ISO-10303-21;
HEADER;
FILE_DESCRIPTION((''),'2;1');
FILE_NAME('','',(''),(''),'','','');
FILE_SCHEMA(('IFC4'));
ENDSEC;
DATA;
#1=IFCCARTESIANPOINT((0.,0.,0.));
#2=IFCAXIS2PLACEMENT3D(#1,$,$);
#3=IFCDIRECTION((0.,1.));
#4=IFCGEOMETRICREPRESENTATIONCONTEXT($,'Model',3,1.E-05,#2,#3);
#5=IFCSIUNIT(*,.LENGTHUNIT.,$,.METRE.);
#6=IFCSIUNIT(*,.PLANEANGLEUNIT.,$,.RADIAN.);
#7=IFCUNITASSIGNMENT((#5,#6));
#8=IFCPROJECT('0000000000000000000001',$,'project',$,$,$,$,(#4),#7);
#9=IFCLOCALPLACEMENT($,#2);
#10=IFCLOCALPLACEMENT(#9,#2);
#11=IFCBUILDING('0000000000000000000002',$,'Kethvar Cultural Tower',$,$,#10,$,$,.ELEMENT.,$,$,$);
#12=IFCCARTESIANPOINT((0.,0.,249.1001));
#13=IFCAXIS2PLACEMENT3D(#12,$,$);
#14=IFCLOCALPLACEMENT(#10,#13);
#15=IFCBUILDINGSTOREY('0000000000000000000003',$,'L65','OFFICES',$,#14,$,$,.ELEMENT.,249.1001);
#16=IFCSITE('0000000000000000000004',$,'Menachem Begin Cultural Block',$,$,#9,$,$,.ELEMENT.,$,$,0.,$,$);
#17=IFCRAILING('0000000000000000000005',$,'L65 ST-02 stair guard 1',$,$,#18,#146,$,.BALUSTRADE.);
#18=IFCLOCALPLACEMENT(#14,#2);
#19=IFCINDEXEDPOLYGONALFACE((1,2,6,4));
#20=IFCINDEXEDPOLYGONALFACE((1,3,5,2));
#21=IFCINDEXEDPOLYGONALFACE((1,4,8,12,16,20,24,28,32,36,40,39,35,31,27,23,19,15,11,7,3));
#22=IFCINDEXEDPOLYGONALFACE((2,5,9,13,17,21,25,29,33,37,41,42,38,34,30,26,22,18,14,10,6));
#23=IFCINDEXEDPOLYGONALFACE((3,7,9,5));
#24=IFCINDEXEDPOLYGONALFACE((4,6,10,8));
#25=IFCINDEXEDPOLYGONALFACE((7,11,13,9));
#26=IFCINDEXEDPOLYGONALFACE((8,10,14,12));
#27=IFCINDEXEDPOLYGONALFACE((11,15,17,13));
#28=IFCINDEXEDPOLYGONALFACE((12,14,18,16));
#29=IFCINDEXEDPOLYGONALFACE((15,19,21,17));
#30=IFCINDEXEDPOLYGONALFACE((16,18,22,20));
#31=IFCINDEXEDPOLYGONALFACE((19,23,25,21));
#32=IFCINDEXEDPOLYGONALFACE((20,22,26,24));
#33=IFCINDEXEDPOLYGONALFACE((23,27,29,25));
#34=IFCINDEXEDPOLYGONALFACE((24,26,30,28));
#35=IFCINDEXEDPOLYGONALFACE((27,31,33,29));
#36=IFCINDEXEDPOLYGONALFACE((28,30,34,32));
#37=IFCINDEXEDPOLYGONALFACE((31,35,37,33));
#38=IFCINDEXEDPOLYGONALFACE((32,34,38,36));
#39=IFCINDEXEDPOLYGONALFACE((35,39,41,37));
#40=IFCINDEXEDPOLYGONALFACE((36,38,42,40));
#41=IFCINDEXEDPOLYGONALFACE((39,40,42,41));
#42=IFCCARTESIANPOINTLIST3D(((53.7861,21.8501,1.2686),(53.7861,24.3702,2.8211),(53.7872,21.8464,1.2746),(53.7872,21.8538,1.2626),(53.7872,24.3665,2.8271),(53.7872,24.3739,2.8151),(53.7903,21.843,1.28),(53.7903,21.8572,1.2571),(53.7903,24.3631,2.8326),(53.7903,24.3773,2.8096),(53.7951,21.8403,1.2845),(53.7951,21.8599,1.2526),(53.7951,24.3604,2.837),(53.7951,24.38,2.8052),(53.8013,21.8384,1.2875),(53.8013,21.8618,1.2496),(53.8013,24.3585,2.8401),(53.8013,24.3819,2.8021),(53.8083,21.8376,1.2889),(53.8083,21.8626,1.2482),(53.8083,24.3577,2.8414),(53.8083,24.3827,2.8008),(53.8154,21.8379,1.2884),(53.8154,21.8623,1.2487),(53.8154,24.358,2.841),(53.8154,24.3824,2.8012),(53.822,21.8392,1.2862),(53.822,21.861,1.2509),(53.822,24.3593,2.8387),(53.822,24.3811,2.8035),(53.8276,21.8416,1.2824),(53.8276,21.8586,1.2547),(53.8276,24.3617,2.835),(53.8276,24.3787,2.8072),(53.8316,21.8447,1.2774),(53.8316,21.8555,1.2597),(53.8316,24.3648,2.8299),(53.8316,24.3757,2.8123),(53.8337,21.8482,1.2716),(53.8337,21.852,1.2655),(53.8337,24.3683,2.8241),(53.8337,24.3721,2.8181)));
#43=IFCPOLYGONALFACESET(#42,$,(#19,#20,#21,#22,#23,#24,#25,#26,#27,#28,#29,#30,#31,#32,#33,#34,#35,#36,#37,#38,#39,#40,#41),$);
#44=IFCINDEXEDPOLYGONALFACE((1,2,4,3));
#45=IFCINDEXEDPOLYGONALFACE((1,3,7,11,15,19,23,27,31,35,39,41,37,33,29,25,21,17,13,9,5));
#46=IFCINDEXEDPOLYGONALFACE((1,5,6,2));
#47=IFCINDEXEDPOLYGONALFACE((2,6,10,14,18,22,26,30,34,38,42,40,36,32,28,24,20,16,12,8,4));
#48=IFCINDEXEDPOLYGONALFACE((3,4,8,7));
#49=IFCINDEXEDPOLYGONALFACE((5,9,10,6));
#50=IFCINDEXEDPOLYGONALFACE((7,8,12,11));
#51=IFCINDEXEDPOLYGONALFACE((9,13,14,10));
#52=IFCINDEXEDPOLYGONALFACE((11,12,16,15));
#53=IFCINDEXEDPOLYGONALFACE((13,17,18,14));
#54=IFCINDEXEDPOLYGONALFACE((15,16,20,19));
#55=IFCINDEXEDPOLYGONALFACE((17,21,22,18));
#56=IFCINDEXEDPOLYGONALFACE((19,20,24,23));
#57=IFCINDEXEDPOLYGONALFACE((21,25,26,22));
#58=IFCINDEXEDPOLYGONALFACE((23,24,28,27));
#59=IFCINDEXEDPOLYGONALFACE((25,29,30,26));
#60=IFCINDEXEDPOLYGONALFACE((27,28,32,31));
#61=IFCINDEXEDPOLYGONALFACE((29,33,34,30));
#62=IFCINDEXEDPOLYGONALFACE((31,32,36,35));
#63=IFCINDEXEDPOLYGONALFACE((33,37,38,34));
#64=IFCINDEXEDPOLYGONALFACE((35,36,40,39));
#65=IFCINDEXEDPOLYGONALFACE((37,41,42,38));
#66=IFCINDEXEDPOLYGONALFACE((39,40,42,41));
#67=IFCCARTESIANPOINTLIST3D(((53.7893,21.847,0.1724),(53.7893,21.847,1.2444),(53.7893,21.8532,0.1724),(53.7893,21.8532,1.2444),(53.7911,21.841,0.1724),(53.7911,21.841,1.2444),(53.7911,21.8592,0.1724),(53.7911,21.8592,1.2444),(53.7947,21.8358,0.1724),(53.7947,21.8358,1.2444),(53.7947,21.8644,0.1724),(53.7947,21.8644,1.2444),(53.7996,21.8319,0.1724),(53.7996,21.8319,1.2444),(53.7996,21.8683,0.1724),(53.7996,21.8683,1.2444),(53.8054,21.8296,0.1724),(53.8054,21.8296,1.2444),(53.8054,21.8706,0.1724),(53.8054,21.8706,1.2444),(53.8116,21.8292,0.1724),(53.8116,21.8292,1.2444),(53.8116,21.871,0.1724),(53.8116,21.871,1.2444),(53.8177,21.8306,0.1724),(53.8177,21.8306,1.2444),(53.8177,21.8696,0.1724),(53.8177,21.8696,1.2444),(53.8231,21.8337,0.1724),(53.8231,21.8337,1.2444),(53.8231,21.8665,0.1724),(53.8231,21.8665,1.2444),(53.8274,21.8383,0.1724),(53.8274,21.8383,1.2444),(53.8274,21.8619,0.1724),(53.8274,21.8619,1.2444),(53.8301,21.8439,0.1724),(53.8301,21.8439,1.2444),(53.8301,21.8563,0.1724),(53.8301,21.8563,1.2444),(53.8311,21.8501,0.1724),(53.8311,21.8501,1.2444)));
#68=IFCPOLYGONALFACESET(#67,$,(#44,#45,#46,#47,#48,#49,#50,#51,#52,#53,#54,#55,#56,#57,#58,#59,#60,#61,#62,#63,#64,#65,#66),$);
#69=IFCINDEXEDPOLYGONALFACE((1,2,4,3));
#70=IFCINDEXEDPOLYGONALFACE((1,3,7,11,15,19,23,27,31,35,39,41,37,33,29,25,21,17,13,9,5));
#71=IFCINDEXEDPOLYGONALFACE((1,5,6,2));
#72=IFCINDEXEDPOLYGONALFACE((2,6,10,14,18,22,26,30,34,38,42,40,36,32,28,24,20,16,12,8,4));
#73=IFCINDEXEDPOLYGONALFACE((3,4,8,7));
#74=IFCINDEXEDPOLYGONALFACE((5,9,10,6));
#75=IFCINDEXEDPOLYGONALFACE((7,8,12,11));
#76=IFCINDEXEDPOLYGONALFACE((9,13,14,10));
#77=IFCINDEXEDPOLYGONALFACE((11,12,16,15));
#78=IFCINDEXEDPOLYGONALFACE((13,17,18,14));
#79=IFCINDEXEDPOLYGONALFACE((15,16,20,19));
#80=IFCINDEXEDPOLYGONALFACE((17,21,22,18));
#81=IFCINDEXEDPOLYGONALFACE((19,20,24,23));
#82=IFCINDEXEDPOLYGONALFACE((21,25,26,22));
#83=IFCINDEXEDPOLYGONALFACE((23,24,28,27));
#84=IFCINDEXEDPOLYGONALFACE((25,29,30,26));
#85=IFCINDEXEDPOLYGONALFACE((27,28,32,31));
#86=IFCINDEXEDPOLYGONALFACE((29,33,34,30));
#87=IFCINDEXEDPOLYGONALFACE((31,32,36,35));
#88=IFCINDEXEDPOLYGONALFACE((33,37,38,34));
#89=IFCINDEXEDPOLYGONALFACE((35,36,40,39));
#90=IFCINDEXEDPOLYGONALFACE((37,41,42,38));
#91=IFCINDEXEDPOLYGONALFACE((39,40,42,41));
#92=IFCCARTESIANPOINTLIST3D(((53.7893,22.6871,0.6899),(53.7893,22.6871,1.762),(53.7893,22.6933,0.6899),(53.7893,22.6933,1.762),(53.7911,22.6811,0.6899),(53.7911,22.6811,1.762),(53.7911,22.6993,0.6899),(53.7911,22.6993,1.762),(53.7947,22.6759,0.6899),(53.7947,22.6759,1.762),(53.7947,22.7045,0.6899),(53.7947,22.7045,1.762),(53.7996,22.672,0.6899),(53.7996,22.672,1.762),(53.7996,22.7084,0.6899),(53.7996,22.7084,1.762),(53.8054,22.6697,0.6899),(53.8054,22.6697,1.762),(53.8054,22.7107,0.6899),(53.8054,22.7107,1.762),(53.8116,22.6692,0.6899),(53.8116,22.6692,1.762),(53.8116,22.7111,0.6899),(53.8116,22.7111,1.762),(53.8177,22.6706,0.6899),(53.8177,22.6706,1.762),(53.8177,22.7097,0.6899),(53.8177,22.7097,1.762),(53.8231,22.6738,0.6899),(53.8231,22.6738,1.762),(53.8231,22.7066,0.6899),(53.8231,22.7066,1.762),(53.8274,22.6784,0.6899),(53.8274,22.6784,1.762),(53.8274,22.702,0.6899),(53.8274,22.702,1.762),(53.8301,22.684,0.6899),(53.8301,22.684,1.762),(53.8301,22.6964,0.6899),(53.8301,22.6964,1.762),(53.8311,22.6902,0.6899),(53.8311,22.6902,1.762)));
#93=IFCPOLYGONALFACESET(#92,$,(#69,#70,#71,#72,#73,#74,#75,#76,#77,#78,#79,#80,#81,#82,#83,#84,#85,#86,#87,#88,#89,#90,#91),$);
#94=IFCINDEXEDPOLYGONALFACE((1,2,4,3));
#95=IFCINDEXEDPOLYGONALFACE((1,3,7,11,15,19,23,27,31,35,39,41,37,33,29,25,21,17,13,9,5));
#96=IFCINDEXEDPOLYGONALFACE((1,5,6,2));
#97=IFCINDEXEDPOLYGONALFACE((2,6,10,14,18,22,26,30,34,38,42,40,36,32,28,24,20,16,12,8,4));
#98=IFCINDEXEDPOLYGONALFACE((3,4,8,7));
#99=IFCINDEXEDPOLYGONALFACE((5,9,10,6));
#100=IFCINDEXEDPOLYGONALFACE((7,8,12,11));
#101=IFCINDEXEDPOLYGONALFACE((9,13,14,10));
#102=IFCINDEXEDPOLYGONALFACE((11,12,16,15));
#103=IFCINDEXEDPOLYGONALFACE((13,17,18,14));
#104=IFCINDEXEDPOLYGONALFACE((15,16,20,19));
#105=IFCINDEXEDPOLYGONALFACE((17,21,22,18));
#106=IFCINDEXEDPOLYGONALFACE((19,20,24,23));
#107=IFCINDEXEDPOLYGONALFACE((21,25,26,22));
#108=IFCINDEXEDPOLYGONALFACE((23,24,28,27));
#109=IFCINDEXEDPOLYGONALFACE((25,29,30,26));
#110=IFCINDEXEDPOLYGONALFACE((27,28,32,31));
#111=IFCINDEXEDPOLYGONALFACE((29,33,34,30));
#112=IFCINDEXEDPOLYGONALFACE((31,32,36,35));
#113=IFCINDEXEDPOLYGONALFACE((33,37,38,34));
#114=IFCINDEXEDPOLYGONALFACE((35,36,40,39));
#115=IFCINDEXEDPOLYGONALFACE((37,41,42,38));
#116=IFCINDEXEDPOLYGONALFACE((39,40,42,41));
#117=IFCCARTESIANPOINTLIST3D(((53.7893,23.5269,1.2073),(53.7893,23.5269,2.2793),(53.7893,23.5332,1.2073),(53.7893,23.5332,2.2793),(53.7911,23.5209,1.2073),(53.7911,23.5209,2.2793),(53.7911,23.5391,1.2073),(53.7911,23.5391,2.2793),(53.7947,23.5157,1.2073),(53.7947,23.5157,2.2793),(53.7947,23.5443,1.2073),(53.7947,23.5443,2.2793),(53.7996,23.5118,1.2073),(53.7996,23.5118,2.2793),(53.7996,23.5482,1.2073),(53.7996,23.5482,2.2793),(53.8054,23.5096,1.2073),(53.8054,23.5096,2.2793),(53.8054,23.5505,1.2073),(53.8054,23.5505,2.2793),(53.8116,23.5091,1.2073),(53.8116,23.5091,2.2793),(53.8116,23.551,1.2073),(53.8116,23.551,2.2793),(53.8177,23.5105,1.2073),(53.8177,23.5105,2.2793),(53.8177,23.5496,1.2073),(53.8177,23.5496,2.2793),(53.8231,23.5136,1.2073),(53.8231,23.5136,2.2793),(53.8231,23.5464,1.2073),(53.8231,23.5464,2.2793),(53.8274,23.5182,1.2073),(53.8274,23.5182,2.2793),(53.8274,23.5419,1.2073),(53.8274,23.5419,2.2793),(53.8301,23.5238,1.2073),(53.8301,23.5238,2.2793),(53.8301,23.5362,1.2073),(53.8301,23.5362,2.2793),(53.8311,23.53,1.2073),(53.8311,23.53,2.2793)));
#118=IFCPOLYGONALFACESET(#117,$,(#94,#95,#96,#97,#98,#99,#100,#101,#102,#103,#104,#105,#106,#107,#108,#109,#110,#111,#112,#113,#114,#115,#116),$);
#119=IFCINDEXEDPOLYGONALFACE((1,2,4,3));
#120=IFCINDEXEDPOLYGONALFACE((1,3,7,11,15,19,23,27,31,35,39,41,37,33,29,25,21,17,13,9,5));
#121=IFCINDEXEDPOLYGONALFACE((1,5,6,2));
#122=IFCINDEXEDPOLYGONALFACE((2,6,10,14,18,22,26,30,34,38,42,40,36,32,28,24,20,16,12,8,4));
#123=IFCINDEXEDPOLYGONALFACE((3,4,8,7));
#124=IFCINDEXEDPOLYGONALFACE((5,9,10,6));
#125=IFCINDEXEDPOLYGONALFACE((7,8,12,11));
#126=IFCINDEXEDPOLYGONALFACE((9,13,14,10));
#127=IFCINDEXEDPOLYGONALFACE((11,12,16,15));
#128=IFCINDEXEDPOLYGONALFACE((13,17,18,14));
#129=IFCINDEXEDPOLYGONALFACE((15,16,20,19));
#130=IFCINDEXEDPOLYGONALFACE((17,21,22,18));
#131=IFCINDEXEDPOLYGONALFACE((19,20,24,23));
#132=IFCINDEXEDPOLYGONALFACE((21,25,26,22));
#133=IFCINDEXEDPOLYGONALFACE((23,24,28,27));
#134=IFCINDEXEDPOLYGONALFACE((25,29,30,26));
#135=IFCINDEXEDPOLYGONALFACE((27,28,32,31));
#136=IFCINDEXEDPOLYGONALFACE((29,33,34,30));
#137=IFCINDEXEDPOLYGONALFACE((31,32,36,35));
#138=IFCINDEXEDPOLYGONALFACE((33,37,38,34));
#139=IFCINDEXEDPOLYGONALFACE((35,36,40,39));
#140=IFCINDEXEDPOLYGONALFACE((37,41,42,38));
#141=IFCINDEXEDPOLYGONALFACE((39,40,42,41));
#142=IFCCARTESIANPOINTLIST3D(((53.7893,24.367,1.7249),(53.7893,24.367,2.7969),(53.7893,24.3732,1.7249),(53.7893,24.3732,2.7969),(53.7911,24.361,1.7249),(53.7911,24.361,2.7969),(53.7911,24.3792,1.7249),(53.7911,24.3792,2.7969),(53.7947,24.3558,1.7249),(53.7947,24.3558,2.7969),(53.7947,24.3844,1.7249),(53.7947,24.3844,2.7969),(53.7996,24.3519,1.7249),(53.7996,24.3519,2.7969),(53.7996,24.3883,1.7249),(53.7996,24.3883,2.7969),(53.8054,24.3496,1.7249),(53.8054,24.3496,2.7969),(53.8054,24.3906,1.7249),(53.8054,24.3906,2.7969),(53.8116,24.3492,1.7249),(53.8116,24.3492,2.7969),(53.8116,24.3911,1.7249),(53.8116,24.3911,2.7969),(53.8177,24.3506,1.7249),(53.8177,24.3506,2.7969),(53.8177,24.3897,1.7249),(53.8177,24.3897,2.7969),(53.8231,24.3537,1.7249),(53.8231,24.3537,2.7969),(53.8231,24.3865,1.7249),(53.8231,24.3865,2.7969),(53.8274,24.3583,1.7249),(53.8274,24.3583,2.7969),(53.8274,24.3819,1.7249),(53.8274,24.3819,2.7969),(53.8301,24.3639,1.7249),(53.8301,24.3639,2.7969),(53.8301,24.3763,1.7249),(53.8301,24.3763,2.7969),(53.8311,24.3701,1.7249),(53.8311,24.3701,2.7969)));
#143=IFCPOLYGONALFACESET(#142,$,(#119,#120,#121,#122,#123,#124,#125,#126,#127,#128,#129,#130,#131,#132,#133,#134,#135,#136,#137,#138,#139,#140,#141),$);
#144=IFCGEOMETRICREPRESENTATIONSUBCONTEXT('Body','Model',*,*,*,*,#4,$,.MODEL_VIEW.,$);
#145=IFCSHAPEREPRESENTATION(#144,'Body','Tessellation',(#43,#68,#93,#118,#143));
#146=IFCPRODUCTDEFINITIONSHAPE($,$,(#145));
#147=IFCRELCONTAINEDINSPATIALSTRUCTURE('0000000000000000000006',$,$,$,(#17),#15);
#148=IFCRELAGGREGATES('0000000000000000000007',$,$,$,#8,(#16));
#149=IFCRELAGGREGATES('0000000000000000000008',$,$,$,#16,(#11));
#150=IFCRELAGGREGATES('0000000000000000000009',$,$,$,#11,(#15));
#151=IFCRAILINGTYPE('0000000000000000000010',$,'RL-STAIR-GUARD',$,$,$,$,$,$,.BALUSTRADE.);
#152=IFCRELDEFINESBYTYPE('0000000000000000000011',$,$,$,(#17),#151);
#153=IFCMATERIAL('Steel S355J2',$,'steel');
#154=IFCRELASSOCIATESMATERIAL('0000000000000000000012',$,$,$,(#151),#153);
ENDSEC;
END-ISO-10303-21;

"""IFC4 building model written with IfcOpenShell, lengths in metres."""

from ifc_helpers import new_model, si_unit, direction, frame, origin, origin_2d, place, context, subcontext, project, spatial, circle, extrude, material, type_object, element, save


model = new_model("IFC4")

# Units and contexts
model_context = context("Model", 3, precision=1e-05, world=origin(), true_north=direction((0.0, 1.0)))
body_context = subcontext(model_context, "Body", "Model", "MODEL_VIEW")
ifc_project = project(units=[si_unit("LENGTHUNIT", "METRE"), si_unit("PLANEANGLEUNIT", "RADIAN")], contexts=[model_context])

# Site, building, storey
site_placement = place(None, origin())
site = spatial("IfcSite", under=ifc_project, at=site_placement, Name="Menachem Begin Cultural Block", CompositionType="ELEMENT", RefElevation=0.0)
building_placement = place(site_placement, origin())
building = spatial("IfcBuilding", under=site, at=building_placement, Name="Kethvar Cultural Tower", CompositionType="ELEMENT")
storey_placement = place(building_placement, frame((0.0, 0.0, 249.1001)))
storey = spatial("IfcBuildingStorey", under=building, at=storey_placement, Name="L65", Description="OFFICES", CompositionType="ELEMENT", Elevation=249.1001)

# Shared definitions
ifc_material_1 = material(Name="Steel S355J2", Category="steel")

# Railing
railing_type_1 = type_object("IfcRailingType", Name="RL-STAIR-GUARD", PredefinedType="BALUSTRADE", material=ifc_material_1)
railing_1_placement = place(storey_placement, frame((53.8101, 21.8501, 0.1724)))
element("IfcRailing", 1, at=railing_1_placement, inside=storey, type_object=railing_type_1, Name="L65 ST-02 stair guard 1", PredefinedType="BALUSTRADE", context=body_context, shape_type="SweptSolid", body=[
    extrude(circle(Radius=0.0239, at=origin_2d()), frame((0.0, 0.0, 1.0962), z_axis=(0.0, 0.8514, 0.524516), x_axis=(-1.0, 0.0, 0.0)), (0.0, 0.0, 1.0), 2.96),
    extrude(circle(Radius=0.021, at=origin_2d()), origin(), (0.0, 0.0, 1.0), 1.072),
    extrude(circle(Radius=0.021, at=origin_2d()), frame((0.0, 0.8401, 0.5176)), (0.0, 0.0, 1.0), 1.072),
    extrude(circle(Radius=0.021, at=origin_2d()), frame((0.0, 1.6799, 1.0349)), (0.0, 0.0, 1.0), 1.072),
    extrude(circle(Radius=0.021, at=origin_2d()), frame((0.0, 2.52, 1.5525)), (0.0, 0.0, 1.0), 1.072),
])

save(model, "model.ifc")
